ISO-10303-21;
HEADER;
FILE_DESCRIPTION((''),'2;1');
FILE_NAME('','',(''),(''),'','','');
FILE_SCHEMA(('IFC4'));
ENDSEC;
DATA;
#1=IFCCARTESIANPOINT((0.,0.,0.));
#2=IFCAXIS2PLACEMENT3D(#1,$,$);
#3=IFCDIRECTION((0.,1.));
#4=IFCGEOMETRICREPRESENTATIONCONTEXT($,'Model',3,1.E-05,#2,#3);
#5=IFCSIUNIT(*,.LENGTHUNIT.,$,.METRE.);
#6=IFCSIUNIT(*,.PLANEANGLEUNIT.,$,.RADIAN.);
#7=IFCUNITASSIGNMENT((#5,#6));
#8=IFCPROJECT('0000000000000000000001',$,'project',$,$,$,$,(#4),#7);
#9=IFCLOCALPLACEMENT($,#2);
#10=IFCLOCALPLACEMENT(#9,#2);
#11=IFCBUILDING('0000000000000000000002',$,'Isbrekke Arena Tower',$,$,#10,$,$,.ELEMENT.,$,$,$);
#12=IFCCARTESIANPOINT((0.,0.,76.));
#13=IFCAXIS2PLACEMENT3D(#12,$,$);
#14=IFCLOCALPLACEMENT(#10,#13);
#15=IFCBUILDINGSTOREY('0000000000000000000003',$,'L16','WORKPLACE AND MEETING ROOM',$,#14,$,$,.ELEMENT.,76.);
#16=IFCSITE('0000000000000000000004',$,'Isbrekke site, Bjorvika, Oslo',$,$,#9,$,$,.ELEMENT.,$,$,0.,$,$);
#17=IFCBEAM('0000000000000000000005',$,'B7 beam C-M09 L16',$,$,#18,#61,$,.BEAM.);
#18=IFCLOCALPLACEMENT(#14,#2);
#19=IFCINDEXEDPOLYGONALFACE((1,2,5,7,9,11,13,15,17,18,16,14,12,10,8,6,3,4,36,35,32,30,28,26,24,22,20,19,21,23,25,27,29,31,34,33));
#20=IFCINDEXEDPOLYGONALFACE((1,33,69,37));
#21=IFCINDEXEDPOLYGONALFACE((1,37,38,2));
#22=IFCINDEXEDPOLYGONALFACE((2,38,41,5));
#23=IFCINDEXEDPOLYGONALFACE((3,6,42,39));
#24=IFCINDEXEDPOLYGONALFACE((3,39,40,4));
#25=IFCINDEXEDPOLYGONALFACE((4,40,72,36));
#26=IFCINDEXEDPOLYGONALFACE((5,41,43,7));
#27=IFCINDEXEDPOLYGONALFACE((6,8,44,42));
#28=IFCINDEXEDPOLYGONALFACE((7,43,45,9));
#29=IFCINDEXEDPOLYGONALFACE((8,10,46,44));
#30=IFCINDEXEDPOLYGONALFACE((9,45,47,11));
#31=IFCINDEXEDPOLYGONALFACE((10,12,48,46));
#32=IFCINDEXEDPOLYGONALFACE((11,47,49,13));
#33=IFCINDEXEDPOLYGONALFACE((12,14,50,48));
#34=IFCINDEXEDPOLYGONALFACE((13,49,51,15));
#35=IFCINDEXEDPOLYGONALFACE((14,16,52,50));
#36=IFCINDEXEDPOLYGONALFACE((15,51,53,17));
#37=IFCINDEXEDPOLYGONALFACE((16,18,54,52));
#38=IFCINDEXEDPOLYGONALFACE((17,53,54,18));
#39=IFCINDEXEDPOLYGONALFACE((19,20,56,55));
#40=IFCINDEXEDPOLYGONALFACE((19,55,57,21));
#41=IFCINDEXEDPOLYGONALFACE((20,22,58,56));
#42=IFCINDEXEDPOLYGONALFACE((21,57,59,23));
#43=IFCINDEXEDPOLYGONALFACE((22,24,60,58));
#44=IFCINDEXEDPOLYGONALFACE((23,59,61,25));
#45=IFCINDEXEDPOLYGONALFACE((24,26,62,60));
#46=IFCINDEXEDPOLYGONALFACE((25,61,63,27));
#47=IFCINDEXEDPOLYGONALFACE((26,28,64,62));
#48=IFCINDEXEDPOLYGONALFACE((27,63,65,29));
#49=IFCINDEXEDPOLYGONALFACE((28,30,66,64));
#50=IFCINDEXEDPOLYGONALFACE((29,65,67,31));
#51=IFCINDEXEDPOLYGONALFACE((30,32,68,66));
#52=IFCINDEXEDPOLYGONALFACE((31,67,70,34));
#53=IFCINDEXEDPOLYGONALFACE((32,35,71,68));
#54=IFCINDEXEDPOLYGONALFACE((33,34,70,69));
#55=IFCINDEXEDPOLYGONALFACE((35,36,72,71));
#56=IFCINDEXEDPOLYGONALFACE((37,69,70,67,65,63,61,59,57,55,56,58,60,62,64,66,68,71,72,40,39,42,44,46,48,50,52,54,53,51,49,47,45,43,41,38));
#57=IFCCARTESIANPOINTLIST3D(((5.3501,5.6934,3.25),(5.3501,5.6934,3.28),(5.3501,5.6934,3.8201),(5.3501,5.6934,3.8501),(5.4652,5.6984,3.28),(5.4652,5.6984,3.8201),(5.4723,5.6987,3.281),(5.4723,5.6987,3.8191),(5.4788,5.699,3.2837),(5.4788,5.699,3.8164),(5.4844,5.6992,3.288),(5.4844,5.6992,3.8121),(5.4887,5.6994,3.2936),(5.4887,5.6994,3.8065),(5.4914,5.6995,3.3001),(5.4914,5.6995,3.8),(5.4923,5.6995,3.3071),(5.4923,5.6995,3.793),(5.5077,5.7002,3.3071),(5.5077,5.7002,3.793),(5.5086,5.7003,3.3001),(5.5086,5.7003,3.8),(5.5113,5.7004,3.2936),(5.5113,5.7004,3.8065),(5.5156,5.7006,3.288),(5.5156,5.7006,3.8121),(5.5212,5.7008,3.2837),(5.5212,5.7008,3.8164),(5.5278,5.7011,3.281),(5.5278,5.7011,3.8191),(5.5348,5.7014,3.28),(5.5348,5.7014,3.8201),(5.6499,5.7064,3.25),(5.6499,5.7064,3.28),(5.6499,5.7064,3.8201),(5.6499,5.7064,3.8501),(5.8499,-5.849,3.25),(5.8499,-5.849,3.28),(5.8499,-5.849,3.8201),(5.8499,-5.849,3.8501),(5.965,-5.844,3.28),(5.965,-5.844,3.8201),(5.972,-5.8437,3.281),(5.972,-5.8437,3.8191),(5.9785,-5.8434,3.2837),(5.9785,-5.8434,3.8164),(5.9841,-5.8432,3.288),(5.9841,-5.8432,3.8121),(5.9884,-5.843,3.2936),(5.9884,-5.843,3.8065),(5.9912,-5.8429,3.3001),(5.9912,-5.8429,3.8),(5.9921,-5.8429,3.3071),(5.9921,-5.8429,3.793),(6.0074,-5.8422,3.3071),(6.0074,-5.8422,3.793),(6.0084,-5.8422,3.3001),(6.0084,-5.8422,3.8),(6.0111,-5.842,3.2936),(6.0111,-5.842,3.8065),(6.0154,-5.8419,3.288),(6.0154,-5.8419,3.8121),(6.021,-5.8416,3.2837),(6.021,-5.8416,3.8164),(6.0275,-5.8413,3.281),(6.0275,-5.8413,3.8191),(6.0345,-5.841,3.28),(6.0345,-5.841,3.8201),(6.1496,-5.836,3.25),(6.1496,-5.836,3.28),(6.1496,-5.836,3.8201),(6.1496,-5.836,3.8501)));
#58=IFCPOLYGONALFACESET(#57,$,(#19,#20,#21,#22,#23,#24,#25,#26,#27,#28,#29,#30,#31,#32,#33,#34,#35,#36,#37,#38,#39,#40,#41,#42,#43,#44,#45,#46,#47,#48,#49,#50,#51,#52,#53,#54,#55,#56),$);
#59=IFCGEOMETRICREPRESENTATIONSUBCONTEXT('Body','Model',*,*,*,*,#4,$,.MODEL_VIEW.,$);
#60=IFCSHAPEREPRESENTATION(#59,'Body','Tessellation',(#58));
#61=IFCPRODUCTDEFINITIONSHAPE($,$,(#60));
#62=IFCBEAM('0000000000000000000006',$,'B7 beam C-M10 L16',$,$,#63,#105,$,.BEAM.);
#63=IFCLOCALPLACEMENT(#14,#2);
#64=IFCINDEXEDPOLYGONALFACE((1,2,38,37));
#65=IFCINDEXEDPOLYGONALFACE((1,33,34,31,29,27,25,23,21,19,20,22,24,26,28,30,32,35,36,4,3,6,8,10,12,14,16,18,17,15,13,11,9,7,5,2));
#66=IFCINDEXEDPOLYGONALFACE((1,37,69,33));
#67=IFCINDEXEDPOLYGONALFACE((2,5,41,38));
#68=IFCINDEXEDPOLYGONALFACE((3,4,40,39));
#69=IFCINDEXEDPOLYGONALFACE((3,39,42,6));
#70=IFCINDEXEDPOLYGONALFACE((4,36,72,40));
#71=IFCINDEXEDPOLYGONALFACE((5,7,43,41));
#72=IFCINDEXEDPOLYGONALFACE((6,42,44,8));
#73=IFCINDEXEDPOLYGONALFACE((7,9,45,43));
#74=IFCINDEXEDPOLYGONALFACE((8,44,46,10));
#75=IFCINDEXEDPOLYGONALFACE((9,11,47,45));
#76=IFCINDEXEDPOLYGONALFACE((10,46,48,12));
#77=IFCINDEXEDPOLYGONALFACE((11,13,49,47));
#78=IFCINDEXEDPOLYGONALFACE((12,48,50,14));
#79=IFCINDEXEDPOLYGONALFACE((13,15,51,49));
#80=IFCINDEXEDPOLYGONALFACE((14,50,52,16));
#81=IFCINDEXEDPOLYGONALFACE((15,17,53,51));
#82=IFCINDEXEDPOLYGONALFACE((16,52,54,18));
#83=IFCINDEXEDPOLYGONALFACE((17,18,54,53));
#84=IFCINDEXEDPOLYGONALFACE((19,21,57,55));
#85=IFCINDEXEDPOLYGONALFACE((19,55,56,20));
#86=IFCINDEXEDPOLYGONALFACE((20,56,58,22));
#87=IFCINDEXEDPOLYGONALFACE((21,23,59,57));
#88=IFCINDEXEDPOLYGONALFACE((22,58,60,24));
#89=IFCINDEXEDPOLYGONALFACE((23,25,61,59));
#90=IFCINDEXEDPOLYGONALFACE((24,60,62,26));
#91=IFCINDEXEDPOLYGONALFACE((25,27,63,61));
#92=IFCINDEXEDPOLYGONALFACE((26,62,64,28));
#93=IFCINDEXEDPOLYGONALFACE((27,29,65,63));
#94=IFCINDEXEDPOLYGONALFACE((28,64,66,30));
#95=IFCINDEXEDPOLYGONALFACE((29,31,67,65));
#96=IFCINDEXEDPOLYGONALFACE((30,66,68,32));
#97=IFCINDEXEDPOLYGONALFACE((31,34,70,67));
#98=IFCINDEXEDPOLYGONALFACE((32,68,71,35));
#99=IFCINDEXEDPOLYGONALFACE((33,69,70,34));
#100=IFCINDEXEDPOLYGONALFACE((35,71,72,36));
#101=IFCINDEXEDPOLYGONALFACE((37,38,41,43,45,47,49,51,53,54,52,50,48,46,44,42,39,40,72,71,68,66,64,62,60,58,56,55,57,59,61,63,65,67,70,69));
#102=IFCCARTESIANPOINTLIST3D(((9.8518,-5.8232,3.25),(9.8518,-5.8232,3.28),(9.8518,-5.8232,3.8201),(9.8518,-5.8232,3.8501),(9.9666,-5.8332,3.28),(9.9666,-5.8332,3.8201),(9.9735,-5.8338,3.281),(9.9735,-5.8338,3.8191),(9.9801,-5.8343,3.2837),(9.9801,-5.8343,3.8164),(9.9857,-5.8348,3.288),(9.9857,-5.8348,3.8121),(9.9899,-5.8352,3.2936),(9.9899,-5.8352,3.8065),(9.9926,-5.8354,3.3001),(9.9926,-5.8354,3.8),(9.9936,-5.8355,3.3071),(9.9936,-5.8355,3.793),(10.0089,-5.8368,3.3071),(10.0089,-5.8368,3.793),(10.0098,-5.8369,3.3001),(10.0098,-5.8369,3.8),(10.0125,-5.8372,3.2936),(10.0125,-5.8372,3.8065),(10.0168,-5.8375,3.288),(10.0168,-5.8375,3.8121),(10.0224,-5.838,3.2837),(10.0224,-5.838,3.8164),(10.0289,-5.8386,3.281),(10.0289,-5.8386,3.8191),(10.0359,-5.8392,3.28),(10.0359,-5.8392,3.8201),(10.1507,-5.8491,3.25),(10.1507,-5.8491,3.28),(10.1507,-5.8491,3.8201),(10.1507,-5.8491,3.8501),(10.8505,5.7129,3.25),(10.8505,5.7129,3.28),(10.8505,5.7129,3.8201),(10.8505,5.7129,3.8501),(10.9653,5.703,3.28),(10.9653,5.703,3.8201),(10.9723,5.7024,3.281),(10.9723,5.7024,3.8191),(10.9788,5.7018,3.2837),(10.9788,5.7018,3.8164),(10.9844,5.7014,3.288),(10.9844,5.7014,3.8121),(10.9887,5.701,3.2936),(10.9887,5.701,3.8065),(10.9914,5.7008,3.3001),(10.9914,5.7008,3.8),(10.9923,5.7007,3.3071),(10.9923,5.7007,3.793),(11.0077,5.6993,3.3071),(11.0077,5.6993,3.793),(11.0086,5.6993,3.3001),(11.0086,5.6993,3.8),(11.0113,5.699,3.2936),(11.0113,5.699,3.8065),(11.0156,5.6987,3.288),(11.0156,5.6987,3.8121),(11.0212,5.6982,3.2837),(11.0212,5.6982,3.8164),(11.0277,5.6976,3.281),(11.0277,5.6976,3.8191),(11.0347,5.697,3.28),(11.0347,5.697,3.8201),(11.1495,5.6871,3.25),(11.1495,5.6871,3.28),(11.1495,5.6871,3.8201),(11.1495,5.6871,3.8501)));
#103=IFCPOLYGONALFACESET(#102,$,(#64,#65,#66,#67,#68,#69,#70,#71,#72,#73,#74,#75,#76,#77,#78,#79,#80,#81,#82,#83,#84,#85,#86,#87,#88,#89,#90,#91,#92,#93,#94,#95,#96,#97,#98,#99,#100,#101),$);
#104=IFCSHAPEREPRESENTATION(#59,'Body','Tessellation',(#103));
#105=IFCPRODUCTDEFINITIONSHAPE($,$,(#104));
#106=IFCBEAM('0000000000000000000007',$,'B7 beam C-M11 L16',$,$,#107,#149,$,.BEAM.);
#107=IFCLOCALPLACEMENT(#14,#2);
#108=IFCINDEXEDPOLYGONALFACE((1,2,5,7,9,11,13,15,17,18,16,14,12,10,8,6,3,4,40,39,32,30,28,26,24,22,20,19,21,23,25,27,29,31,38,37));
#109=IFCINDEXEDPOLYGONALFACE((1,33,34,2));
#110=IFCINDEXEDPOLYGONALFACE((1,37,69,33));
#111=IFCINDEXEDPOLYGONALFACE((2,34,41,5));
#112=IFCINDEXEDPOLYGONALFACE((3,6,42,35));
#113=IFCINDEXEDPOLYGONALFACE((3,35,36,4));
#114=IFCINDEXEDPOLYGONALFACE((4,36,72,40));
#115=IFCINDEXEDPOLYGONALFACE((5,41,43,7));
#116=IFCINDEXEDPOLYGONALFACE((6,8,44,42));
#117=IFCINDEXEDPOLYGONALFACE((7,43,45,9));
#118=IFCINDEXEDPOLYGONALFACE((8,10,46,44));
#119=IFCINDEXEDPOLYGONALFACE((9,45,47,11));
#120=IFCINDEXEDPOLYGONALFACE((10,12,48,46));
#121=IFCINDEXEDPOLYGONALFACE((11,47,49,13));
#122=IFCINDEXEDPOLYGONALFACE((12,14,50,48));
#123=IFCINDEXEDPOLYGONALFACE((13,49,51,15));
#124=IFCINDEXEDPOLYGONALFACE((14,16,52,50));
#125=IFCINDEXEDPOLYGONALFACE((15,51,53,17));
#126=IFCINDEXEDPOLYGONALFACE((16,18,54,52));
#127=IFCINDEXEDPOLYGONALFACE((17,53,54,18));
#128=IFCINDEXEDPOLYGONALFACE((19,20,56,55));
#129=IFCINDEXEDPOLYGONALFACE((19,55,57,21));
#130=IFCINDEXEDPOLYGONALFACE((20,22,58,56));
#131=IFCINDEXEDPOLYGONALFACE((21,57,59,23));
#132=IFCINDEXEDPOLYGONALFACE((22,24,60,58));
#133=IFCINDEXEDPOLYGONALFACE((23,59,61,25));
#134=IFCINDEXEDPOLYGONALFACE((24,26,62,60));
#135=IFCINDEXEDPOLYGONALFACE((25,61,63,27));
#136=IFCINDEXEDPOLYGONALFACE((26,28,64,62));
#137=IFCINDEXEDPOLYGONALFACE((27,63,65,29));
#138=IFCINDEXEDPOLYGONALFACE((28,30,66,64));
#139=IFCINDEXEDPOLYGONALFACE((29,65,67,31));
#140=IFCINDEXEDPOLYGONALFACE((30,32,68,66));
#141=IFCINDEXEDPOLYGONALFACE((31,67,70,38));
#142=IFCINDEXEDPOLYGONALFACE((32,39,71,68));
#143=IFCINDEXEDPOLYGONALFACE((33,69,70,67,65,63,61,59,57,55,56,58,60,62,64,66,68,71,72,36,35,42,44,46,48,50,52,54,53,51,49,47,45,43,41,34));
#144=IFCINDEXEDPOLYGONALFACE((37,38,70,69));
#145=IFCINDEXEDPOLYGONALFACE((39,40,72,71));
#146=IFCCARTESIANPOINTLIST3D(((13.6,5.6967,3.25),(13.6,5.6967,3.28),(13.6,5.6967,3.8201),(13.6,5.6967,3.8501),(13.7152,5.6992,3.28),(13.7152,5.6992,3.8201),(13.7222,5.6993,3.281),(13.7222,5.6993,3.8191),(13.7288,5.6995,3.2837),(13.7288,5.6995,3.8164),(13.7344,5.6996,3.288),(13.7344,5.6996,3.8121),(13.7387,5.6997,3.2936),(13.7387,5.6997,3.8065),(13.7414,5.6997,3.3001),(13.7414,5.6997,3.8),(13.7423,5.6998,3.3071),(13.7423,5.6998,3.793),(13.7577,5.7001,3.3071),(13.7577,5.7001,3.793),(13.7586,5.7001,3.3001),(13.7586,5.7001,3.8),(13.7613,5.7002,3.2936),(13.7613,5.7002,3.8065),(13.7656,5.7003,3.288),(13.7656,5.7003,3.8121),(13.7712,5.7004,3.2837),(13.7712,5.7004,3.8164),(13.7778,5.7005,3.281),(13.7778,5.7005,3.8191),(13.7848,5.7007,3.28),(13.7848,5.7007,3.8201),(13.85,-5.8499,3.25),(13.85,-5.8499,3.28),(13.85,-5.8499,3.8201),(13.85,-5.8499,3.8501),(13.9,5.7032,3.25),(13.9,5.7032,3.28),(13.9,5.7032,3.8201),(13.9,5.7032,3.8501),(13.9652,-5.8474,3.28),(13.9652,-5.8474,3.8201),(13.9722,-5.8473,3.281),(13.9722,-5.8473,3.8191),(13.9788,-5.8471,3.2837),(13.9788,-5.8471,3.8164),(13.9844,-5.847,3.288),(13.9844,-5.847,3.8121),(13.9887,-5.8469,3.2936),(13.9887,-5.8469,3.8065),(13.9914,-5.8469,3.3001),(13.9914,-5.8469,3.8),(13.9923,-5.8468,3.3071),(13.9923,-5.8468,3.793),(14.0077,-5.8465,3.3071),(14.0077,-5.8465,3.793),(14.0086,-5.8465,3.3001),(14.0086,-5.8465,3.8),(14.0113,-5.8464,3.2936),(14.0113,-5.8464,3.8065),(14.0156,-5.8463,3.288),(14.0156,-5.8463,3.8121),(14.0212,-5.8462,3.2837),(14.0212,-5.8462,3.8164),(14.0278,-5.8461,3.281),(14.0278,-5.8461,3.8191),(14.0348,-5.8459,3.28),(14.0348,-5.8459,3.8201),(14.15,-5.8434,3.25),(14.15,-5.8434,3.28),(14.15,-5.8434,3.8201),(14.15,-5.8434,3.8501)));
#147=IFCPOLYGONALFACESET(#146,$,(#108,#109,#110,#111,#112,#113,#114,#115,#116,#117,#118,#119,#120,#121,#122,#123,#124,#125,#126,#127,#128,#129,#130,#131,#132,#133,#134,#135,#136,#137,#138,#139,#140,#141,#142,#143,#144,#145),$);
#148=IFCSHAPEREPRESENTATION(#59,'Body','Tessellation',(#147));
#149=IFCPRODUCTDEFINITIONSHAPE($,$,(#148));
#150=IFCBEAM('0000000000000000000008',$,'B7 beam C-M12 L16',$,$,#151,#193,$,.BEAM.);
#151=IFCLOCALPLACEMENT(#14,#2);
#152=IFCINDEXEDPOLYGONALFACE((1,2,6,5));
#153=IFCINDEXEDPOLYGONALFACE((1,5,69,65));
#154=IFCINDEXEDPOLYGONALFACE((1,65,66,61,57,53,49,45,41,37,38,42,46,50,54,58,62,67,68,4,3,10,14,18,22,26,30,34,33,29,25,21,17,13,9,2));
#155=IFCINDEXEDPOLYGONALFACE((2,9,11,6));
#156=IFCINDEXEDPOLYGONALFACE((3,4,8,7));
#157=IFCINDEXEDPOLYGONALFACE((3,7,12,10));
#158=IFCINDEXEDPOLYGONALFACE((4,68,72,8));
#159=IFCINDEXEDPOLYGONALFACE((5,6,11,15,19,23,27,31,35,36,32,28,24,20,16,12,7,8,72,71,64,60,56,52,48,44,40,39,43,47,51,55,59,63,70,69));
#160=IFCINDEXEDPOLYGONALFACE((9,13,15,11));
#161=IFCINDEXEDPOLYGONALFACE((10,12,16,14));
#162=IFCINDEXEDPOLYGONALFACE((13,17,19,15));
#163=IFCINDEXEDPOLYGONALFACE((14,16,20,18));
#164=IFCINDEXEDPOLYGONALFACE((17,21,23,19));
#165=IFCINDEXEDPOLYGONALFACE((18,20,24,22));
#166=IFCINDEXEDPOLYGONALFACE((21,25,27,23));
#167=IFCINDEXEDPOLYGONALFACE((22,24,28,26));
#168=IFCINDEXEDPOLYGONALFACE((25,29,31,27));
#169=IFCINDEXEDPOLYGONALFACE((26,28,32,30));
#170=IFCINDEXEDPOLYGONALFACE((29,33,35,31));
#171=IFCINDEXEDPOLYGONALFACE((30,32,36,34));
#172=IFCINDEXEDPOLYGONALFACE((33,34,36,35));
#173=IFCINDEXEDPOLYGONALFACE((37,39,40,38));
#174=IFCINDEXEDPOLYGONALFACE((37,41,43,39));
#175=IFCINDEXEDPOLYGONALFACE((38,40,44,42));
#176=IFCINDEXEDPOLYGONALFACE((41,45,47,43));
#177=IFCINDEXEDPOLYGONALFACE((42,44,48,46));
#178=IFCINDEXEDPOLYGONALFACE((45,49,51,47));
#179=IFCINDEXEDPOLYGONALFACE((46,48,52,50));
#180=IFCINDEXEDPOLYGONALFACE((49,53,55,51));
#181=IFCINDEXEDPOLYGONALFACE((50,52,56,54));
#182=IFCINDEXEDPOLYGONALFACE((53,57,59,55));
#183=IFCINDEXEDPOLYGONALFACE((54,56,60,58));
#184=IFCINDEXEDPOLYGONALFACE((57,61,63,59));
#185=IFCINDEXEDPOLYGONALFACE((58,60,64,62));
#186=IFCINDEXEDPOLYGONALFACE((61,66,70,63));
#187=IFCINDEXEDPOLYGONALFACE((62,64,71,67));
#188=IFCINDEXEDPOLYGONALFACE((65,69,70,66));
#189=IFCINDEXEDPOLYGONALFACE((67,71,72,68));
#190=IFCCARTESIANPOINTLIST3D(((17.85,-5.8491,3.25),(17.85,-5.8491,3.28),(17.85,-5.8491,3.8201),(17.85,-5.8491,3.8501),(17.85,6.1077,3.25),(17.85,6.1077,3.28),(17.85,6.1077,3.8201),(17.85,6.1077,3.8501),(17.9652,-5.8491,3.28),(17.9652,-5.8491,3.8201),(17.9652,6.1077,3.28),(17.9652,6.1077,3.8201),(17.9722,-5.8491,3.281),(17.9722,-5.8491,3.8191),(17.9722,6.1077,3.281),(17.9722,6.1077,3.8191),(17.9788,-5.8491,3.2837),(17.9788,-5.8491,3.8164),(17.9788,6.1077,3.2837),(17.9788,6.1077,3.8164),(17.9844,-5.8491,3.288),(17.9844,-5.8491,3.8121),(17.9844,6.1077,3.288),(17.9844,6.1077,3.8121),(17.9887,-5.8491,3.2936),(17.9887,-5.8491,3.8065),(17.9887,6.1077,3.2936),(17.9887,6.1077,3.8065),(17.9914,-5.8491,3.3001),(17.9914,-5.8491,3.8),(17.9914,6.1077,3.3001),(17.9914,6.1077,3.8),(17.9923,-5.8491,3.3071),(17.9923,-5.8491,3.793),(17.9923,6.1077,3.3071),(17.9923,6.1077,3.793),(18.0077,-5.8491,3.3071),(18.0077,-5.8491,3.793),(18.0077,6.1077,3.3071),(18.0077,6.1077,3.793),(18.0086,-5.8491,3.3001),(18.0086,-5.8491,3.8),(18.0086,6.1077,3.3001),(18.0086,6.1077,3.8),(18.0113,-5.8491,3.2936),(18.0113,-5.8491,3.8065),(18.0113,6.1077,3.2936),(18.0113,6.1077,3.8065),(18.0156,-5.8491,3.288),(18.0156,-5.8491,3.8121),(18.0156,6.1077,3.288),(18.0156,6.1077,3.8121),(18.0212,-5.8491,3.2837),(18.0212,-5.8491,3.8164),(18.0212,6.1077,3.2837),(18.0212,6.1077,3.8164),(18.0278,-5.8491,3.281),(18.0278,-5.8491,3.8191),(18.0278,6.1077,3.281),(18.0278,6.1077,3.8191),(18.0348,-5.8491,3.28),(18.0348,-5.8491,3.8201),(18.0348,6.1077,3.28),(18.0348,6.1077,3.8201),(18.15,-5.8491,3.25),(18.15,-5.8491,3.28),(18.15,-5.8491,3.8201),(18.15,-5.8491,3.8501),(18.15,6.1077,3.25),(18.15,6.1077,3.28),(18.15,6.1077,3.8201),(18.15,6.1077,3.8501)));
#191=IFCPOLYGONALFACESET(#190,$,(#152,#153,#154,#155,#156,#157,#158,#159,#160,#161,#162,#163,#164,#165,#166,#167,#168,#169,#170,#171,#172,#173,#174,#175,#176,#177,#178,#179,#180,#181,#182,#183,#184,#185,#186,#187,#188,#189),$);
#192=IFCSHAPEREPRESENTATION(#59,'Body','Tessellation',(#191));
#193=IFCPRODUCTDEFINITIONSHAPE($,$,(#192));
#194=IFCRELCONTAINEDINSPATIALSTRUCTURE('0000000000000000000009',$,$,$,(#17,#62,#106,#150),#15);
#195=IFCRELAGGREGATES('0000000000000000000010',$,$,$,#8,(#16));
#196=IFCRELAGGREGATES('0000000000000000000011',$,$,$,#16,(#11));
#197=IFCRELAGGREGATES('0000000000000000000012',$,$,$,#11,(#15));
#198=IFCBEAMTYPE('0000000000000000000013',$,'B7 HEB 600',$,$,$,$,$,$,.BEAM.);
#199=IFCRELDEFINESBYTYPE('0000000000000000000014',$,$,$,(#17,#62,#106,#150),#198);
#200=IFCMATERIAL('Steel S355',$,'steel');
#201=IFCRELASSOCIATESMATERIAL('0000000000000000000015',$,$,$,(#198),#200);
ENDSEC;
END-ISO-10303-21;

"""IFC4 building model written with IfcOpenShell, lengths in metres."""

from ifc_helpers import new_model, si_unit, direction, frame, origin, origin_2d, place, context, subcontext, project, spatial, i_section, extrude, material, material_profile, profile_set, type_object, element, save


model = new_model("IFC4")

# Units and contexts
model_context = context("Model", 3, precision=1e-05, world=origin(), true_north=direction((0.0, 1.0)))
body_context = subcontext(model_context, "Body", "Model", "MODEL_VIEW")
ifc_project = project(units=[si_unit("LENGTHUNIT", "METRE"), si_unit("PLANEANGLEUNIT", "RADIAN")], contexts=[model_context])

# Site, building, storey
site_placement = place(None, origin())
site = spatial("IfcSite", under=ifc_project, at=site_placement, Name="Isbrekke site, Bjorvika, Oslo", CompositionType="ELEMENT", RefElevation=0.0)
building_placement = place(site_placement, origin())
building = spatial("IfcBuilding", under=site, at=building_placement, Name="Isbrekke Arena Tower", CompositionType="ELEMENT")
storey_placement = place(building_placement, frame((0.0, 0.0, 76.0)))
storey = spatial("IfcBuildingStorey", under=building, at=storey_placement, Name="L16", Description="WORKPLACE AND MEETING ROOM", CompositionType="ELEMENT", Elevation=76.0)

# Beams
ifc_material_1 = material(Name="Steel S355", Category="steel")
ifc_material_profile_1 = material_profile(ifc_material_1, i_section(OverallWidth=0.3, OverallDepth=0.6001, WebThickness=0.0154, FlangeThickness=0.03, FilletRadius=0.0271, at=origin_2d()), Name="HEB 600")
ifc_profile_set_1 = profile_set([ifc_material_profile_1], Name="Steel S355")
beam_type_1 = type_object("IfcBeamType", Name="B7 HEB 600", PredefinedType="BEAM", material=ifc_profile_set_1)
beam_1_placement = place(storey_placement, frame((5.9998, -5.8425, 3.55), z_axis=(-0.043257, 0.999064, 0.0), x_axis=(-0.999064, -0.043257, 0.0)))
element("IfcBeam", 1, at=beam_1_placement, inside=storey, type_object=beam_type_1, Name="B7 beam C-M09 L16", PredefinedType="BEAM", context=body_context, shape_type="SweptSolid", body=[
    extrude(i_section(OverallWidth=0.3, OverallDepth=0.6001, WebThickness=0.0154, FlangeThickness=0.03, FilletRadius=0.0271, at=origin_2d()), origin(), (0.0, 0.0, 1.0), 11.5532),
])
beam_2_placement = place(storey_placement, frame((10.0012, -5.8362, 3.55), z_axis=(0.086256, 0.996273, 0.0), x_axis=(-0.996273, 0.086256, 0.0)))
element("IfcBeam", 2, at=beam_2_placement, inside=storey, type_object=beam_type_1, Name="B7 beam C-M10 L16", PredefinedType="BEAM", context=body_context, shape_type="SweptSolid", body=[
    extrude(i_section(OverallWidth=0.3, OverallDepth=0.6001, WebThickness=0.0154, FlangeThickness=0.03, FilletRadius=0.0271, at=origin_2d()), origin(), (0.0, 0.0, 1.0), 11.5793),
])
beam_3_placement = place(storey_placement, frame((14.0, -5.8467, 3.55), z_axis=(-0.021646, 0.999766, 0.0), x_axis=(-0.999766, -0.021646, 0.0)))
element("IfcBeam", 3, at=beam_3_placement, inside=storey, type_object=beam_type_1, Name="B7 beam C-M11 L16", PredefinedType="BEAM", context=body_context, shape_type="SweptSolid", body=[
    extrude(i_section(OverallWidth=0.3, OverallDepth=0.6001, WebThickness=0.0154, FlangeThickness=0.03, FilletRadius=0.0271, at=origin_2d()), origin(), (0.0, 0.0, 1.0), 11.5493),
])
beam_4_placement = place(storey_placement, frame((18.0, -5.8491, 3.55), z_axis=(0.0, 1.0, 0.0), x_axis=(-1.0, 0.0, 0.0)))
element("IfcBeam", 4, at=beam_4_placement, inside=storey, type_object=beam_type_1, Name="B7 beam C-M12 L16", PredefinedType="BEAM", context=body_context, shape_type="SweptSolid", body=[
    extrude(i_section(OverallWidth=0.3, OverallDepth=0.6001, WebThickness=0.0154, FlangeThickness=0.03, FilletRadius=0.0271, at=origin_2d()), origin(), (0.0, 0.0, 1.0), 11.9568),
])

save(model, "model.ifc")
